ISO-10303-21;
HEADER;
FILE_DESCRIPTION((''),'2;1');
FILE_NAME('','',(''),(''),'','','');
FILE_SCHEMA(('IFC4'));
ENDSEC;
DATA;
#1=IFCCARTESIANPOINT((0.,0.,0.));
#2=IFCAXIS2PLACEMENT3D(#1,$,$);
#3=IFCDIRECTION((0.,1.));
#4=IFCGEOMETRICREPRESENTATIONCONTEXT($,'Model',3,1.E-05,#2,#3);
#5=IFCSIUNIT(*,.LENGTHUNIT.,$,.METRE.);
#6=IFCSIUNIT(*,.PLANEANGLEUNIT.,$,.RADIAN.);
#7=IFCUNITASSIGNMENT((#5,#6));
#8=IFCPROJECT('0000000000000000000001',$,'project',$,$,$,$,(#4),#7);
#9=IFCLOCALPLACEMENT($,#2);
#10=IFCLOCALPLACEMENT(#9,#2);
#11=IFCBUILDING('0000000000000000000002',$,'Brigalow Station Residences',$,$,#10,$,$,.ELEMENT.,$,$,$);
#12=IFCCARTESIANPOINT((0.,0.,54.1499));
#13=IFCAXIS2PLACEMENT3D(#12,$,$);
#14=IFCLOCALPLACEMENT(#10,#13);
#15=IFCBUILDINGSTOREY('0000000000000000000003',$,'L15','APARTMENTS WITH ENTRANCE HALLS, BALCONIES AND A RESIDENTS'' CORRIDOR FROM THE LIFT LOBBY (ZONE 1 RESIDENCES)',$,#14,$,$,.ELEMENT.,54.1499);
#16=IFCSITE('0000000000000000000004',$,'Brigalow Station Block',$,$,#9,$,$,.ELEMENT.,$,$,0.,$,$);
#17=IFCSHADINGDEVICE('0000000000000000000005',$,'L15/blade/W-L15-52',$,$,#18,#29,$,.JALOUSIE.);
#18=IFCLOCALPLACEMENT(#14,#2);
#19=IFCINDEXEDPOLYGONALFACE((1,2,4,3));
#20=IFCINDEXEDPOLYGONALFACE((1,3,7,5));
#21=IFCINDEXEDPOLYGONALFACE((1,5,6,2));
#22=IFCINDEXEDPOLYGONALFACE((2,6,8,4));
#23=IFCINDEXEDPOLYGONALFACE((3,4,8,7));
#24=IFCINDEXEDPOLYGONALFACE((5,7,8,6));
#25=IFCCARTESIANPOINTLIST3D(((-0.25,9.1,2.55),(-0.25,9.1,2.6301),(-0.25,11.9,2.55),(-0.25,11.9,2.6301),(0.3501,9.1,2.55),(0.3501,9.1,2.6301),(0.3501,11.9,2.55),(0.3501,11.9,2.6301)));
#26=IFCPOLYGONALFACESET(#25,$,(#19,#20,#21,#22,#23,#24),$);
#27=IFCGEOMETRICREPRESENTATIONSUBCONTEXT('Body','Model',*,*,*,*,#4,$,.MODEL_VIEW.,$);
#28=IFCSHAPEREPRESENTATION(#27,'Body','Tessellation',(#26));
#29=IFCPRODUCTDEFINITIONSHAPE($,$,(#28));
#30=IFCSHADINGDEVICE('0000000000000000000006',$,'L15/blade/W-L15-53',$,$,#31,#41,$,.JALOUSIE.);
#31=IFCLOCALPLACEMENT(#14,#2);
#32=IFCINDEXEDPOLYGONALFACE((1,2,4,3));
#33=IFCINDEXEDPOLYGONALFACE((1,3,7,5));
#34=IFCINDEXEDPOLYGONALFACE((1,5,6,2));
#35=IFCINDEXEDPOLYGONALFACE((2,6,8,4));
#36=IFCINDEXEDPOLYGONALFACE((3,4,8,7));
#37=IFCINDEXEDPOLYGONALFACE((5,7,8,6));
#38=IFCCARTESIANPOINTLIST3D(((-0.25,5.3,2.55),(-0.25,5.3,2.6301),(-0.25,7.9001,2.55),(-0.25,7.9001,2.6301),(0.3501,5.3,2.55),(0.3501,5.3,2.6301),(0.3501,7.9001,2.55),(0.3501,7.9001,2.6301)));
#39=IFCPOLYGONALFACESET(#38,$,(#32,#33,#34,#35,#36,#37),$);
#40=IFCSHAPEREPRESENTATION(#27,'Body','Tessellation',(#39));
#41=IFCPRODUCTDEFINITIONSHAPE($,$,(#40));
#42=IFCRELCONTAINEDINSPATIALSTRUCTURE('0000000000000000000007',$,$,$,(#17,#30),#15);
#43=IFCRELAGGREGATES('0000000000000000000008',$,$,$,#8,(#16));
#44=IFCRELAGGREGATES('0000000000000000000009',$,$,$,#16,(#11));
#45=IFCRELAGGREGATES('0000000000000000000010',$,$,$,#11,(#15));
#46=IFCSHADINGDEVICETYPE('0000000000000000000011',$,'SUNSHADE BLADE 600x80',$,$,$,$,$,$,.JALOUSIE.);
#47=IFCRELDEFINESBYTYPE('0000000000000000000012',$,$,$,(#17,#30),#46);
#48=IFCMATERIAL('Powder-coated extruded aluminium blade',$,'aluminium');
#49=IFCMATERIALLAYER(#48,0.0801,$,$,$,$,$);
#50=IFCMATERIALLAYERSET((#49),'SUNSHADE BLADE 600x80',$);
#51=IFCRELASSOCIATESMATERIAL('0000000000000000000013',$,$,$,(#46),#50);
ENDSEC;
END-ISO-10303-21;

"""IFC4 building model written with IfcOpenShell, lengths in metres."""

from ifc_helpers import new_model, si_unit, direction, frame, origin, origin_2d, place, context, subcontext, project, spatial, rectangle, extrude, material, layer, layer_set, type_object, element, save


model = new_model("IFC4")

# Units and contexts
model_context = context("Model", 3, precision=1e-05, world=origin(), true_north=direction((0.0, 1.0)))
body_context = subcontext(model_context, "Body", "Model", "MODEL_VIEW")
ifc_project = project(units=[si_unit("LENGTHUNIT", "METRE"), si_unit("PLANEANGLEUNIT", "RADIAN")], contexts=[model_context])

# Site, building, storey
site_placement = place(None, origin())
site = spatial("IfcSite", under=ifc_project, at=site_placement, Name="Brigalow Station Block", CompositionType="ELEMENT", RefElevation=0.0)
building_placement = place(site_placement, origin())
building = spatial("IfcBuilding", under=site, at=building_placement, Name="Brigalow Station Residences", CompositionType="ELEMENT")
storey_placement = place(building_placement, frame((0.0, 0.0, 54.1499)))
storey = spatial("IfcBuildingStorey", under=building, at=storey_placement, Name="L15", Description="APARTMENTS WITH ENTRANCE HALLS, BALCONIES AND A RESIDENTS' CORRIDOR FROM THE LIFT LOBBY (ZONE 1 RESIDENCES)", CompositionType="ELEMENT", Elevation=54.1499)

# Shading devices
ifc_material_1 = material(Name="Powder-coated extruded aluminium blade", Category="aluminium")
ifc_layer_1 = layer(ifc_material_1, 0.0801)
ifc_layer_set_1 = layer_set([ifc_layer_1], Name="SUNSHADE BLADE 600x80")
shading_device_type = type_object("IfcShadingDeviceType", Name="SUNSHADE BLADE 600x80", PredefinedType="JALOUSIE", material=ifc_layer_set_1)
shading_device_1_placement = place(storey_placement, frame((0.05, 10.5, 2.55), z_axis=(0.0, 0.0, 1.0), x_axis=(0.0, -1.0, 0.0)))
element("IfcShadingDevice", 1, at=shading_device_1_placement, inside=storey, type_object=shading_device_type, Name="L15/blade/W-L15-52", PredefinedType="JALOUSIE", context=body_context, shape_type="SweptSolid", body=[
    extrude(rectangle(XDim=2.8, YDim=0.6001, at=origin_2d()), origin(), (0.0, 0.0, 1.0), 0.0801),
])
shading_device_2_placement = place(storey_placement, frame((0.05, 6.6001, 2.55), z_axis=(0.0, 0.0, 1.0), x_axis=(0.0, -1.0, 0.0)))
element("IfcShadingDevice", 2, at=shading_device_2_placement, inside=storey, type_object=shading_device_type, Name="L15/blade/W-L15-53", PredefinedType="JALOUSIE", context=body_context, shape_type="SweptSolid", body=[
    extrude(rectangle(XDim=2.6001, YDim=0.6001, at=origin_2d()), origin(), (0.0, 0.0, 1.0), 0.0801),
])

save(model, "model.ifc")
